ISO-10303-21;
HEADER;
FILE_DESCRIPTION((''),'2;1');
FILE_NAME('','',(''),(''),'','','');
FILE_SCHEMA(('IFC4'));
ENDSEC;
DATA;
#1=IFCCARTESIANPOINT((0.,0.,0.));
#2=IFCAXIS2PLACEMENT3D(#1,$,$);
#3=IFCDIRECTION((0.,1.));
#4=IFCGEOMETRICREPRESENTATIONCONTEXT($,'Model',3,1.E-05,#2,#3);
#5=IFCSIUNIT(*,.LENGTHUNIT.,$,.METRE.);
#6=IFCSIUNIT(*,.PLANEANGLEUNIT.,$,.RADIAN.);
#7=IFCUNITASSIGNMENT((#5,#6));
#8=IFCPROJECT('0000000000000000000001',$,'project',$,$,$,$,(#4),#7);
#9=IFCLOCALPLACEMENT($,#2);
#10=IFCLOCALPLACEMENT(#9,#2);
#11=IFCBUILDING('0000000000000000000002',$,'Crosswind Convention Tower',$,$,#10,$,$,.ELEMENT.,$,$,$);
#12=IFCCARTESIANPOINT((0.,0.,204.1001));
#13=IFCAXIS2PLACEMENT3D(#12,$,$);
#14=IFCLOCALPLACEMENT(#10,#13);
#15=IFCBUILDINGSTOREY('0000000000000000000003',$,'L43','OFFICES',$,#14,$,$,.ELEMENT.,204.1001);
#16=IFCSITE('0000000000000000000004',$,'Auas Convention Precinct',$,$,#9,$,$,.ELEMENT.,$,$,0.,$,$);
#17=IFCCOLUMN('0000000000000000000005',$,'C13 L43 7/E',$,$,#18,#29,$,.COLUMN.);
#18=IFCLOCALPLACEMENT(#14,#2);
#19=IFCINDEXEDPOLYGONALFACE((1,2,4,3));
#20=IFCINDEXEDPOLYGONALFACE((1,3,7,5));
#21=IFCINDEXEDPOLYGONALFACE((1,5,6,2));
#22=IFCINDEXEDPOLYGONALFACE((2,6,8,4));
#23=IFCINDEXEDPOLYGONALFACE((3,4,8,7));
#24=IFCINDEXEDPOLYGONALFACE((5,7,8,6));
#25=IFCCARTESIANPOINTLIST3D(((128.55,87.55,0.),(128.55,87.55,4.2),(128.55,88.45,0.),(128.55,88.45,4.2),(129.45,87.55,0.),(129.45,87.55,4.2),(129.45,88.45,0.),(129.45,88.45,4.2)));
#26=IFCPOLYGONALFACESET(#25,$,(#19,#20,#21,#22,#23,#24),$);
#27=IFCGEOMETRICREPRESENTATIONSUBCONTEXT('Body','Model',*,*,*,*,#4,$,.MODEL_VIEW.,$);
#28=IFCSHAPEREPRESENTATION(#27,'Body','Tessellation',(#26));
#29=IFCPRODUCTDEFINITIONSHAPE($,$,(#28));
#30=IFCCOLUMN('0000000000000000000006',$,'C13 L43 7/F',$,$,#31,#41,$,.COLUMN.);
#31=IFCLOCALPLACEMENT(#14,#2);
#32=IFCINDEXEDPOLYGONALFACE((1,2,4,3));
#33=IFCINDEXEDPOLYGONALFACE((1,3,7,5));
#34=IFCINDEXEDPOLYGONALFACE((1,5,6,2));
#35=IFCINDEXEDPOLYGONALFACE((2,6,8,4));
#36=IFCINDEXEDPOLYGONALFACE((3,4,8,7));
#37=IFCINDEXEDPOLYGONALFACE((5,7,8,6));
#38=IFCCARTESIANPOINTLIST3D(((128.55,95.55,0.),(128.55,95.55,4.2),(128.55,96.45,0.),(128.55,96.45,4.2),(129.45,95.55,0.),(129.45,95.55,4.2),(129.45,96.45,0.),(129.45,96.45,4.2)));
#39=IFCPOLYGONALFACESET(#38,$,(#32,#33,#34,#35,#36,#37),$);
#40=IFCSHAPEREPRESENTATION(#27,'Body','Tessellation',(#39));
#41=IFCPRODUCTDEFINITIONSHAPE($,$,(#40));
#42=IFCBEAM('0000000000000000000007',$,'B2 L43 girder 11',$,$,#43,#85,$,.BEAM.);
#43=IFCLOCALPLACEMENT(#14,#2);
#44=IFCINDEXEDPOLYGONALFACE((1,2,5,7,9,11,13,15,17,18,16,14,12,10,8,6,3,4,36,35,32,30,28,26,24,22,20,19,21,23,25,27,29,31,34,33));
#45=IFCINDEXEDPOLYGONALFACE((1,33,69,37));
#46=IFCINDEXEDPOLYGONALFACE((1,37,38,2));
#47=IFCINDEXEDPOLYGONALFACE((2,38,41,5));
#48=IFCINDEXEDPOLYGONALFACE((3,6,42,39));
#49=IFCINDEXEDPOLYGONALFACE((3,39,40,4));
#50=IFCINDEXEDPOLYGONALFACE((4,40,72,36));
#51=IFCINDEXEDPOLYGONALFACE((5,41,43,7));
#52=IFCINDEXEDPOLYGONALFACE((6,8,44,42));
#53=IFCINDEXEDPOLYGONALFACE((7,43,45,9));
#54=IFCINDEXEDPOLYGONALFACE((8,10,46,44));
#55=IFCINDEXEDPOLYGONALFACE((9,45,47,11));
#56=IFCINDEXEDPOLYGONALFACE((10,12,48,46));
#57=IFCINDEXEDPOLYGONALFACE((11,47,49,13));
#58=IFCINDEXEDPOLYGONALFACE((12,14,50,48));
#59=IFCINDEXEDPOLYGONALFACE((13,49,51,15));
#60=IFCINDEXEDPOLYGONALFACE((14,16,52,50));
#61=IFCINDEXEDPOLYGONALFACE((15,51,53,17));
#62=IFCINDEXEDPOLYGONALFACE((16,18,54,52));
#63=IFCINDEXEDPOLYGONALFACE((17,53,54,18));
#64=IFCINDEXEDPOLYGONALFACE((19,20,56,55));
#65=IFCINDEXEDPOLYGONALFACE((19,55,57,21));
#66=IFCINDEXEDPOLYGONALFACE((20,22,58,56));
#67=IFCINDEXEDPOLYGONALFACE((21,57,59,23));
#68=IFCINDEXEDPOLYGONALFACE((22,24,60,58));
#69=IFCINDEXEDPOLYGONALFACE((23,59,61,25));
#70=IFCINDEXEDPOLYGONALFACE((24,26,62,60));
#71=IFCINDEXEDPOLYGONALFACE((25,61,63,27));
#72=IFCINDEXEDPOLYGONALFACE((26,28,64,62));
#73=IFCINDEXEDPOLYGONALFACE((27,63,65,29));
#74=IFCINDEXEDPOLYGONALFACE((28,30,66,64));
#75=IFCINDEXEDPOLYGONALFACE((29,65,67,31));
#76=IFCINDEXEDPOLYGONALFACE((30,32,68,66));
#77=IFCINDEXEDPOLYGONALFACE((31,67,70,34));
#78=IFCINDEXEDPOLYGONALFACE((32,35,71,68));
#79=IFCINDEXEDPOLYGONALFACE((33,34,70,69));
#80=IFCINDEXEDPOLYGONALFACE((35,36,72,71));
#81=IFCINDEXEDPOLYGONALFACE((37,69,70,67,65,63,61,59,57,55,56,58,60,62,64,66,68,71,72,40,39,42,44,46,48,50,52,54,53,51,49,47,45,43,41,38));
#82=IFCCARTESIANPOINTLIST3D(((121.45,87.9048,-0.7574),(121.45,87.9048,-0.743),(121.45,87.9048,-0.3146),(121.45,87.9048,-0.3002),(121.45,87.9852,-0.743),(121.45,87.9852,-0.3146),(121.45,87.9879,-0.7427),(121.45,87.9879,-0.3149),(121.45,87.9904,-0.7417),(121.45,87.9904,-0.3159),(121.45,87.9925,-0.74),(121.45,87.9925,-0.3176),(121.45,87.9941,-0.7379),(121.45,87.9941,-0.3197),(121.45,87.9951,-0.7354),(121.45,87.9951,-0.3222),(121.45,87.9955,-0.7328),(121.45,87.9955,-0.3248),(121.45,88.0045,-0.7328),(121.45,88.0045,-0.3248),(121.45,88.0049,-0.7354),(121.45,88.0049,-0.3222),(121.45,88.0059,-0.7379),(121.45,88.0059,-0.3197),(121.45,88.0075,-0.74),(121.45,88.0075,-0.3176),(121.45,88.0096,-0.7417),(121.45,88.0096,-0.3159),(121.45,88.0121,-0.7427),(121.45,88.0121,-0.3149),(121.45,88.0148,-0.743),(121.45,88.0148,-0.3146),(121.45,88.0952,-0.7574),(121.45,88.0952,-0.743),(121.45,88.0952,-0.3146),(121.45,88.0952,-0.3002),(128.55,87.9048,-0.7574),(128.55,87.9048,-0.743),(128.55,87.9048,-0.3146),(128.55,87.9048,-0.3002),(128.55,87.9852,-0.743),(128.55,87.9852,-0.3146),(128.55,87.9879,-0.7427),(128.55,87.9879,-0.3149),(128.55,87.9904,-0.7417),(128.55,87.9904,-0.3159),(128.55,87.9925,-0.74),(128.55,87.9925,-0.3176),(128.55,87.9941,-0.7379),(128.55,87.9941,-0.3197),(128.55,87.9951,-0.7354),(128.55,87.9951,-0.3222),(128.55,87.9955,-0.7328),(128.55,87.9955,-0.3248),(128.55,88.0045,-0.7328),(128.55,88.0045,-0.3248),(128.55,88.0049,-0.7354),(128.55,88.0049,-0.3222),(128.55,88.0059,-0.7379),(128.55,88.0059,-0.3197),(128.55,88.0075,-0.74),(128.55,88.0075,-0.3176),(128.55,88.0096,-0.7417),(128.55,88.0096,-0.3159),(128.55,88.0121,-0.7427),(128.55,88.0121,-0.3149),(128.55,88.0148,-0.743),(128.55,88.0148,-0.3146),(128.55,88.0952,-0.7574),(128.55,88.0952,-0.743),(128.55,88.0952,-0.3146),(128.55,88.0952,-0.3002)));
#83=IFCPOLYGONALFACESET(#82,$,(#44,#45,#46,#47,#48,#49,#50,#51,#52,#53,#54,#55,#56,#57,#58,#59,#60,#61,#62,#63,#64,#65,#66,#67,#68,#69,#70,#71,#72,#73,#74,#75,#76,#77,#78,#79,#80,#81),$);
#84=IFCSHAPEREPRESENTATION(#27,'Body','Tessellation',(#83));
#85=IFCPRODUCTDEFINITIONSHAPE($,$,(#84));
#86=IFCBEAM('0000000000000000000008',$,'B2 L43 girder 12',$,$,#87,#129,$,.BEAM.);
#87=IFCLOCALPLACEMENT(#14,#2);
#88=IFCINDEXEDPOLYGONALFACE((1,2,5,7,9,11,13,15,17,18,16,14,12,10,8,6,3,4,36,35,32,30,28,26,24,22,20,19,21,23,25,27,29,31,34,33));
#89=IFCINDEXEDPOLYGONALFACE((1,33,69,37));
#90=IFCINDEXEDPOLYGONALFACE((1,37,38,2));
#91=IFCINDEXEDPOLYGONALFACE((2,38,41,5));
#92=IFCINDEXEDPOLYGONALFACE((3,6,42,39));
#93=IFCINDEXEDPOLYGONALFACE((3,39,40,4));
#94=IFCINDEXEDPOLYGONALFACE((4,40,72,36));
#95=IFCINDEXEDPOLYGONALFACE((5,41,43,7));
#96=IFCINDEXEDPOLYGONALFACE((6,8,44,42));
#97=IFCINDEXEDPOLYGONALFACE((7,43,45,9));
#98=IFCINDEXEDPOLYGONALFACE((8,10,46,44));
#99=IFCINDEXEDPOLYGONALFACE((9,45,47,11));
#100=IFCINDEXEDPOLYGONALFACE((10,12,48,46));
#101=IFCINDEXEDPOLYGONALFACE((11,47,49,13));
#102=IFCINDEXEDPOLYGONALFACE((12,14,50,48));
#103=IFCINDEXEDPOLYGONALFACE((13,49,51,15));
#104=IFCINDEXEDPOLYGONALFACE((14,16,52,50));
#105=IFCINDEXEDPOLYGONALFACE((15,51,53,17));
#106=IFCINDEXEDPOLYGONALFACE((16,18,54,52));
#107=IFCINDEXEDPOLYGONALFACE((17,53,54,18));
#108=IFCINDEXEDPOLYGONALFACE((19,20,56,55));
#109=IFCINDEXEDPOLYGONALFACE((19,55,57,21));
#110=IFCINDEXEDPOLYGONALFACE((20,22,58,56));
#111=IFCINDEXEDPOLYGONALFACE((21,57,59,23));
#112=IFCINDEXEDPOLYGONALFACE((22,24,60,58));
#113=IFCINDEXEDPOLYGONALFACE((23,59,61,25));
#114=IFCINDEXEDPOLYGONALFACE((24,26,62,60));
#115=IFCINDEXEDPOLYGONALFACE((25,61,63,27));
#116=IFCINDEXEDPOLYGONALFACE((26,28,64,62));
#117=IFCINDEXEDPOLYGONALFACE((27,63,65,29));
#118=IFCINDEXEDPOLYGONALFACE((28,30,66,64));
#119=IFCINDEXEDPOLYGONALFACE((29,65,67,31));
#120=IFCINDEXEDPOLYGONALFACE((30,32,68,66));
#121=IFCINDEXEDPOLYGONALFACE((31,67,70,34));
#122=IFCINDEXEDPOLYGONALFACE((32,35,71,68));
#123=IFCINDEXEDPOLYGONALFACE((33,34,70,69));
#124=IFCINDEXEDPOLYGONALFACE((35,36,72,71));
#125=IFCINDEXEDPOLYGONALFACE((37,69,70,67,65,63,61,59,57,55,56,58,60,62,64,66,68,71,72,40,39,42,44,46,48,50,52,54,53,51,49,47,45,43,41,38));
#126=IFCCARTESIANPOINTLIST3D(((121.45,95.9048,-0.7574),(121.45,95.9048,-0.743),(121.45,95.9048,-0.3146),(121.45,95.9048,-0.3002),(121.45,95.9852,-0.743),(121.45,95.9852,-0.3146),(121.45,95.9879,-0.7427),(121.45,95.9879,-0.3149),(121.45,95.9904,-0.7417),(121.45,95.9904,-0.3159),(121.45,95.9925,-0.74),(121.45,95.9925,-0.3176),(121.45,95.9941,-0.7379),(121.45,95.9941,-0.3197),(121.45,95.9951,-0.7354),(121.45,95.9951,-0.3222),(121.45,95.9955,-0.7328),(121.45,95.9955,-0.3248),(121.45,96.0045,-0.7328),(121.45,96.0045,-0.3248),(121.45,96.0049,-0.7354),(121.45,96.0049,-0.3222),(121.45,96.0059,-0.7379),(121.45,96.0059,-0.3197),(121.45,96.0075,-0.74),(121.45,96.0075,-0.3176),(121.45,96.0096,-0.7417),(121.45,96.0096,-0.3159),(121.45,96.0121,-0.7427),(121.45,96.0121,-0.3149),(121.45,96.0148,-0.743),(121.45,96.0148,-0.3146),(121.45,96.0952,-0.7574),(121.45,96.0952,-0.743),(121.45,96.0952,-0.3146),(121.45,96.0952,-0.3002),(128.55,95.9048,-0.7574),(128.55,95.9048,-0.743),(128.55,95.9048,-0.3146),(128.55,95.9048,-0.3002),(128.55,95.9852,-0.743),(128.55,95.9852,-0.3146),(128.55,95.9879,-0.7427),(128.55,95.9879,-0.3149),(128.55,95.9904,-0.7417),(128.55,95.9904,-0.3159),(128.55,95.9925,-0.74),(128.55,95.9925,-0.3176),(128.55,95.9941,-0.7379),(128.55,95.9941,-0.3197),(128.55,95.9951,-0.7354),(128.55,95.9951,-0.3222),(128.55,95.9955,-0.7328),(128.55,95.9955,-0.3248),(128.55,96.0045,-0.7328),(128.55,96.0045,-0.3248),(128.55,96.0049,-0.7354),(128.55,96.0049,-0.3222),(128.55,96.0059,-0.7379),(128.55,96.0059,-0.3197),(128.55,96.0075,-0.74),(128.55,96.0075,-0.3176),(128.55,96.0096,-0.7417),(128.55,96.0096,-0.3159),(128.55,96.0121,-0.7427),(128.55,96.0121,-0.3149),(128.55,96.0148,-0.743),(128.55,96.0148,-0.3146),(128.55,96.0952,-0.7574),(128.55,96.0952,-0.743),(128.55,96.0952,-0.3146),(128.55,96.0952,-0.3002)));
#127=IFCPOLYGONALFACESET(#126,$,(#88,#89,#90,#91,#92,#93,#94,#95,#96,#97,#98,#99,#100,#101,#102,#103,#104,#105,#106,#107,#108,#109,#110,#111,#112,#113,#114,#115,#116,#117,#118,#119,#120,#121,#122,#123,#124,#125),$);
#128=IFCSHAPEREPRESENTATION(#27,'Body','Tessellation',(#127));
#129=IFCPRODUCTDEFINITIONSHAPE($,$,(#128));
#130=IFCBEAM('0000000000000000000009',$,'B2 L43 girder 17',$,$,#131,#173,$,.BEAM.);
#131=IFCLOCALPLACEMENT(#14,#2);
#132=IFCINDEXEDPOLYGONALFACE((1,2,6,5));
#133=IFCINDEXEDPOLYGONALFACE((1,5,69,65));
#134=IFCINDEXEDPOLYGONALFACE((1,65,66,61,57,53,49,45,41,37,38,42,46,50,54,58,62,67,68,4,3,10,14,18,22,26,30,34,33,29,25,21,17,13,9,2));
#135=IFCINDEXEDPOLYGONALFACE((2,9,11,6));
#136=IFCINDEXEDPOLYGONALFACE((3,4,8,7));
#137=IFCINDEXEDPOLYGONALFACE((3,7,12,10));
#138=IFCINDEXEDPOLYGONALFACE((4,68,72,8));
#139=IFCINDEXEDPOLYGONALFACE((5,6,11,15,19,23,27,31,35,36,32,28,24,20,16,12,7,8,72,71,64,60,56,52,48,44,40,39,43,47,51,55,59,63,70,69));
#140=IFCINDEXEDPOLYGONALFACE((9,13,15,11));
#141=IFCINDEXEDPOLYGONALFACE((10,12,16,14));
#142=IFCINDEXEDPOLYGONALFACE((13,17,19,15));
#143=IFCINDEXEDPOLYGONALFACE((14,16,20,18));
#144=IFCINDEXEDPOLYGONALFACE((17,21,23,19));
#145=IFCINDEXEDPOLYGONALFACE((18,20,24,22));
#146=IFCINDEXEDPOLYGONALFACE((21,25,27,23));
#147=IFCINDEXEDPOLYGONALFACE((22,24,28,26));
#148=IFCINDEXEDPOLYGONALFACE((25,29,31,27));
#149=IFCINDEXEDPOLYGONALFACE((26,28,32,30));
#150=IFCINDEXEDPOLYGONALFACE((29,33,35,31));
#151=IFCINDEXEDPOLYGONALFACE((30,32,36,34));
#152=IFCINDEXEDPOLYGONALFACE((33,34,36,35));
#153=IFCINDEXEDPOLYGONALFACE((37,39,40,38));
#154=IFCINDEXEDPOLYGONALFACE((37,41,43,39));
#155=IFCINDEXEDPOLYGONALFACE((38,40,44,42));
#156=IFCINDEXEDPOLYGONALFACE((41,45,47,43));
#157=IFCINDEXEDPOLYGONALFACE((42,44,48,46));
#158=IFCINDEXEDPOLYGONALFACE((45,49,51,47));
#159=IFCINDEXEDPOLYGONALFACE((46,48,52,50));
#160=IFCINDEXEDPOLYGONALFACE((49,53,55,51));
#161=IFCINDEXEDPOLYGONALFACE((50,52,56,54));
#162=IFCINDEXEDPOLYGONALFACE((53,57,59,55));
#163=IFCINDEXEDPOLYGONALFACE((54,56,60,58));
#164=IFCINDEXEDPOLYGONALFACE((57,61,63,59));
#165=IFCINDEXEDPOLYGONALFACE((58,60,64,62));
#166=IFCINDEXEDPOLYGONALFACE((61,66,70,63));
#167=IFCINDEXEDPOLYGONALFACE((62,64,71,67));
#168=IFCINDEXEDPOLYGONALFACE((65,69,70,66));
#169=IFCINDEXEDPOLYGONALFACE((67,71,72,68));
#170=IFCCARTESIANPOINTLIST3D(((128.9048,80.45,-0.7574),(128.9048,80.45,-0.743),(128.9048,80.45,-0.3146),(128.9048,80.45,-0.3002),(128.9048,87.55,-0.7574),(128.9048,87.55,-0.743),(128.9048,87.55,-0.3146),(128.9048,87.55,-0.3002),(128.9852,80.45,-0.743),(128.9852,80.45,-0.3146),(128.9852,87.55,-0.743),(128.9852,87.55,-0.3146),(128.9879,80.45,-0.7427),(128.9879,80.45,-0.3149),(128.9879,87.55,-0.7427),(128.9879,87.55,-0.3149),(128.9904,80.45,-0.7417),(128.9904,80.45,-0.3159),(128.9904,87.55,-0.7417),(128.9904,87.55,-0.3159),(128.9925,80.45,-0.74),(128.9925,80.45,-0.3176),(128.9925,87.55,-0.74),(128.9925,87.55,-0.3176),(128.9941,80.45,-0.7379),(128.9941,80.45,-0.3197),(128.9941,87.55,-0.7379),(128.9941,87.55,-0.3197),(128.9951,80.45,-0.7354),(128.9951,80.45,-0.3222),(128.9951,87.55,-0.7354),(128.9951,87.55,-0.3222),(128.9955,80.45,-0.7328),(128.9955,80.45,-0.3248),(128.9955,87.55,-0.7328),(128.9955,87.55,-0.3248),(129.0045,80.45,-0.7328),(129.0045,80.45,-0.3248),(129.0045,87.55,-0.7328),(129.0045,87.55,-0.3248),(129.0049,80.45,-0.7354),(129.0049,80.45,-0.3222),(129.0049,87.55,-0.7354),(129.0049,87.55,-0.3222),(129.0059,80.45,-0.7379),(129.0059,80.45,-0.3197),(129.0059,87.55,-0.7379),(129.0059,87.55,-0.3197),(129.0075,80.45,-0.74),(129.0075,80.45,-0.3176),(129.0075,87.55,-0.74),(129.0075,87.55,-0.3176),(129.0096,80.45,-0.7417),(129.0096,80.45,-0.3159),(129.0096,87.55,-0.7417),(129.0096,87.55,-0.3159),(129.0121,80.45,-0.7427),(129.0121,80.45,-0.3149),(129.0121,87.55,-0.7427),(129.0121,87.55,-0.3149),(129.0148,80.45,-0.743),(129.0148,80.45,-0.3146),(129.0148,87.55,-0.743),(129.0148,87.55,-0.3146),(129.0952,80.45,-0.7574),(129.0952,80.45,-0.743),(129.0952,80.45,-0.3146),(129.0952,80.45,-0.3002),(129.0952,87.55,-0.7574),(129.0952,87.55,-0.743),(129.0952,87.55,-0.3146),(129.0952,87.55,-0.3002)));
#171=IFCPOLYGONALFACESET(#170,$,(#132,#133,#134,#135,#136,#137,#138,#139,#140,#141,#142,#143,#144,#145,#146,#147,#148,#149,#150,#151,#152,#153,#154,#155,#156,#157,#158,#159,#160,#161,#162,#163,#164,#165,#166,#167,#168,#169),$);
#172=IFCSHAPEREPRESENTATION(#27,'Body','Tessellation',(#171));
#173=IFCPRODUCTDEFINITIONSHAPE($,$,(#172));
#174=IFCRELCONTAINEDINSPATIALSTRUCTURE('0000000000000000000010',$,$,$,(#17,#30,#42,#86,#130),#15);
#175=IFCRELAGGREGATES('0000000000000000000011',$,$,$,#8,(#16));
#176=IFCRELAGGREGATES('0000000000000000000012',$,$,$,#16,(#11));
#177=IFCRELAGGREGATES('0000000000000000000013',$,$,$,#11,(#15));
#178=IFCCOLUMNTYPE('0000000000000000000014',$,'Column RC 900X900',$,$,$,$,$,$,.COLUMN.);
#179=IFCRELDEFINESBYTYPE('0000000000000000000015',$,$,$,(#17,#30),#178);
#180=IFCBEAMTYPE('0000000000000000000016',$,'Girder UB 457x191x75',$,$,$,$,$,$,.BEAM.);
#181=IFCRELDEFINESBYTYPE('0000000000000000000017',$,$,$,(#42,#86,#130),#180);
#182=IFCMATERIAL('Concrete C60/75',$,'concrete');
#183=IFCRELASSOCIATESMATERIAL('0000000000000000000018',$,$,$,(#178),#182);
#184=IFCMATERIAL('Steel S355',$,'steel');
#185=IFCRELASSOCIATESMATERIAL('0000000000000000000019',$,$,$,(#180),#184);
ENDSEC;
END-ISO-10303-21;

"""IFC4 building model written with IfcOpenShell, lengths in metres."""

from ifc_helpers import new_model, si_unit, direction, frame, origin, origin_2d, place, context, subcontext, project, spatial, rectangle, i_section, extrude, material, material_profile, profile_set, type_object, element, save


model = new_model("IFC4")

# Units and contexts
model_context = context("Model", 3, precision=1e-05, world=origin(), true_north=direction((0.0, 1.0)))
body_context = subcontext(model_context, "Body", "Model", "MODEL_VIEW")
ifc_project = project(units=[si_unit("LENGTHUNIT", "METRE"), si_unit("PLANEANGLEUNIT", "RADIAN")], contexts=[model_context])

# Site, building, storey
site_placement = place(None, origin())
site = spatial("IfcSite", under=ifc_project, at=site_placement, Name="Auas Convention Precinct", CompositionType="ELEMENT", RefElevation=0.0)
building_placement = place(site_placement, origin())
building = spatial("IfcBuilding", under=site, at=building_placement, Name="Crosswind Convention Tower", CompositionType="ELEMENT")
storey_placement = place(building_placement, frame((0.0, 0.0, 204.1001)))
storey = spatial("IfcBuildingStorey", under=building, at=storey_placement, Name="L43", Description="OFFICES", CompositionType="ELEMENT", Elevation=204.1001)

# Columns
ifc_material_1 = material(Name="Concrete C60/75", Category="concrete")
ifc_material_profile_1 = material_profile(ifc_material_1, rectangle(XDim=0.8999, YDim=0.8999, at=origin_2d()), Name="RC 900X900")
ifc_profile_set_1 = profile_set([ifc_material_profile_1], Name="Concrete C60/75")
column_type = type_object("IfcColumnType", Name="Column RC 900X900", PredefinedType="COLUMN", material=ifc_profile_set_1)
for number, where, z_axis, x_axis, name in (
    (1, (129.0, 88.0, 0.0), (0.0, 0.0, 1.0), (1.0, 0.0, 0.0), "C13 L43 7/E"),
    (2, (129.0, 96.0, 0.0), (0.0, 0.0, 1.0), (1.0, 0.0, 0.0), "C13 L43 7/F"),
):
    element("IfcColumn", number, at=place(storey_placement, frame(where, z_axis=z_axis, x_axis=x_axis)), inside=storey, type_object=column_type, Name=name, PredefinedType="COLUMN", context=body_context, shape_type="SweptSolid", body=[
        extrude(rectangle(XDim=0.8999, YDim=0.8999, at=origin_2d()), origin(), (0.0, 0.0, 1.0), 4.2),
    ])

# Beams
ifc_material_2 = material(Name="Steel S355", Category="steel")
ifc_material_profile_2 = material_profile(ifc_material_2, i_section(OverallWidth=0.1904, OverallDepth=0.4573, WebThickness=0.009, FlangeThickness=0.0144, FilletRadius=0.0103, at=origin_2d()), Name="UB 457x191x75")
ifc_profile_set_2 = profile_set([ifc_material_profile_2], Name="Steel S355")
beam_type_1 = type_object("IfcBeamType", Name="Girder UB 457x191x75", PredefinedType="BEAM", material=ifc_profile_set_2)
for number, where, z_axis, x_axis, name in (
    (3, (121.45, 88.0, -0.5288), (1.0, 0.0, 0.0), (0.0, 1.0, 0.0), "B2 L43 girder 11"),
    (4, (121.45, 96.0, -0.5288), (1.0, 0.0, 0.0), (0.0, 1.0, 0.0), "B2 L43 girder 12"),
    (5, (129.0, 80.45, -0.5288), (0.0, 1.0, 0.0), (-1.0, 0.0, 0.0), "B2 L43 girder 17"),
):
    element("IfcBeam", number, at=place(storey_placement, frame(where, z_axis=z_axis, x_axis=x_axis)), inside=storey, type_object=beam_type_1, Name=name, PredefinedType="BEAM", context=body_context, shape_type="SweptSolid", body=[
        extrude(i_section(OverallWidth=0.1904, OverallDepth=0.4573, WebThickness=0.009, FlangeThickness=0.0144, FilletRadius=0.0103, at=origin_2d()), origin(), (0.0, 0.0, 1.0), 7.1001),
    ])

save(model, "model.ifc")
